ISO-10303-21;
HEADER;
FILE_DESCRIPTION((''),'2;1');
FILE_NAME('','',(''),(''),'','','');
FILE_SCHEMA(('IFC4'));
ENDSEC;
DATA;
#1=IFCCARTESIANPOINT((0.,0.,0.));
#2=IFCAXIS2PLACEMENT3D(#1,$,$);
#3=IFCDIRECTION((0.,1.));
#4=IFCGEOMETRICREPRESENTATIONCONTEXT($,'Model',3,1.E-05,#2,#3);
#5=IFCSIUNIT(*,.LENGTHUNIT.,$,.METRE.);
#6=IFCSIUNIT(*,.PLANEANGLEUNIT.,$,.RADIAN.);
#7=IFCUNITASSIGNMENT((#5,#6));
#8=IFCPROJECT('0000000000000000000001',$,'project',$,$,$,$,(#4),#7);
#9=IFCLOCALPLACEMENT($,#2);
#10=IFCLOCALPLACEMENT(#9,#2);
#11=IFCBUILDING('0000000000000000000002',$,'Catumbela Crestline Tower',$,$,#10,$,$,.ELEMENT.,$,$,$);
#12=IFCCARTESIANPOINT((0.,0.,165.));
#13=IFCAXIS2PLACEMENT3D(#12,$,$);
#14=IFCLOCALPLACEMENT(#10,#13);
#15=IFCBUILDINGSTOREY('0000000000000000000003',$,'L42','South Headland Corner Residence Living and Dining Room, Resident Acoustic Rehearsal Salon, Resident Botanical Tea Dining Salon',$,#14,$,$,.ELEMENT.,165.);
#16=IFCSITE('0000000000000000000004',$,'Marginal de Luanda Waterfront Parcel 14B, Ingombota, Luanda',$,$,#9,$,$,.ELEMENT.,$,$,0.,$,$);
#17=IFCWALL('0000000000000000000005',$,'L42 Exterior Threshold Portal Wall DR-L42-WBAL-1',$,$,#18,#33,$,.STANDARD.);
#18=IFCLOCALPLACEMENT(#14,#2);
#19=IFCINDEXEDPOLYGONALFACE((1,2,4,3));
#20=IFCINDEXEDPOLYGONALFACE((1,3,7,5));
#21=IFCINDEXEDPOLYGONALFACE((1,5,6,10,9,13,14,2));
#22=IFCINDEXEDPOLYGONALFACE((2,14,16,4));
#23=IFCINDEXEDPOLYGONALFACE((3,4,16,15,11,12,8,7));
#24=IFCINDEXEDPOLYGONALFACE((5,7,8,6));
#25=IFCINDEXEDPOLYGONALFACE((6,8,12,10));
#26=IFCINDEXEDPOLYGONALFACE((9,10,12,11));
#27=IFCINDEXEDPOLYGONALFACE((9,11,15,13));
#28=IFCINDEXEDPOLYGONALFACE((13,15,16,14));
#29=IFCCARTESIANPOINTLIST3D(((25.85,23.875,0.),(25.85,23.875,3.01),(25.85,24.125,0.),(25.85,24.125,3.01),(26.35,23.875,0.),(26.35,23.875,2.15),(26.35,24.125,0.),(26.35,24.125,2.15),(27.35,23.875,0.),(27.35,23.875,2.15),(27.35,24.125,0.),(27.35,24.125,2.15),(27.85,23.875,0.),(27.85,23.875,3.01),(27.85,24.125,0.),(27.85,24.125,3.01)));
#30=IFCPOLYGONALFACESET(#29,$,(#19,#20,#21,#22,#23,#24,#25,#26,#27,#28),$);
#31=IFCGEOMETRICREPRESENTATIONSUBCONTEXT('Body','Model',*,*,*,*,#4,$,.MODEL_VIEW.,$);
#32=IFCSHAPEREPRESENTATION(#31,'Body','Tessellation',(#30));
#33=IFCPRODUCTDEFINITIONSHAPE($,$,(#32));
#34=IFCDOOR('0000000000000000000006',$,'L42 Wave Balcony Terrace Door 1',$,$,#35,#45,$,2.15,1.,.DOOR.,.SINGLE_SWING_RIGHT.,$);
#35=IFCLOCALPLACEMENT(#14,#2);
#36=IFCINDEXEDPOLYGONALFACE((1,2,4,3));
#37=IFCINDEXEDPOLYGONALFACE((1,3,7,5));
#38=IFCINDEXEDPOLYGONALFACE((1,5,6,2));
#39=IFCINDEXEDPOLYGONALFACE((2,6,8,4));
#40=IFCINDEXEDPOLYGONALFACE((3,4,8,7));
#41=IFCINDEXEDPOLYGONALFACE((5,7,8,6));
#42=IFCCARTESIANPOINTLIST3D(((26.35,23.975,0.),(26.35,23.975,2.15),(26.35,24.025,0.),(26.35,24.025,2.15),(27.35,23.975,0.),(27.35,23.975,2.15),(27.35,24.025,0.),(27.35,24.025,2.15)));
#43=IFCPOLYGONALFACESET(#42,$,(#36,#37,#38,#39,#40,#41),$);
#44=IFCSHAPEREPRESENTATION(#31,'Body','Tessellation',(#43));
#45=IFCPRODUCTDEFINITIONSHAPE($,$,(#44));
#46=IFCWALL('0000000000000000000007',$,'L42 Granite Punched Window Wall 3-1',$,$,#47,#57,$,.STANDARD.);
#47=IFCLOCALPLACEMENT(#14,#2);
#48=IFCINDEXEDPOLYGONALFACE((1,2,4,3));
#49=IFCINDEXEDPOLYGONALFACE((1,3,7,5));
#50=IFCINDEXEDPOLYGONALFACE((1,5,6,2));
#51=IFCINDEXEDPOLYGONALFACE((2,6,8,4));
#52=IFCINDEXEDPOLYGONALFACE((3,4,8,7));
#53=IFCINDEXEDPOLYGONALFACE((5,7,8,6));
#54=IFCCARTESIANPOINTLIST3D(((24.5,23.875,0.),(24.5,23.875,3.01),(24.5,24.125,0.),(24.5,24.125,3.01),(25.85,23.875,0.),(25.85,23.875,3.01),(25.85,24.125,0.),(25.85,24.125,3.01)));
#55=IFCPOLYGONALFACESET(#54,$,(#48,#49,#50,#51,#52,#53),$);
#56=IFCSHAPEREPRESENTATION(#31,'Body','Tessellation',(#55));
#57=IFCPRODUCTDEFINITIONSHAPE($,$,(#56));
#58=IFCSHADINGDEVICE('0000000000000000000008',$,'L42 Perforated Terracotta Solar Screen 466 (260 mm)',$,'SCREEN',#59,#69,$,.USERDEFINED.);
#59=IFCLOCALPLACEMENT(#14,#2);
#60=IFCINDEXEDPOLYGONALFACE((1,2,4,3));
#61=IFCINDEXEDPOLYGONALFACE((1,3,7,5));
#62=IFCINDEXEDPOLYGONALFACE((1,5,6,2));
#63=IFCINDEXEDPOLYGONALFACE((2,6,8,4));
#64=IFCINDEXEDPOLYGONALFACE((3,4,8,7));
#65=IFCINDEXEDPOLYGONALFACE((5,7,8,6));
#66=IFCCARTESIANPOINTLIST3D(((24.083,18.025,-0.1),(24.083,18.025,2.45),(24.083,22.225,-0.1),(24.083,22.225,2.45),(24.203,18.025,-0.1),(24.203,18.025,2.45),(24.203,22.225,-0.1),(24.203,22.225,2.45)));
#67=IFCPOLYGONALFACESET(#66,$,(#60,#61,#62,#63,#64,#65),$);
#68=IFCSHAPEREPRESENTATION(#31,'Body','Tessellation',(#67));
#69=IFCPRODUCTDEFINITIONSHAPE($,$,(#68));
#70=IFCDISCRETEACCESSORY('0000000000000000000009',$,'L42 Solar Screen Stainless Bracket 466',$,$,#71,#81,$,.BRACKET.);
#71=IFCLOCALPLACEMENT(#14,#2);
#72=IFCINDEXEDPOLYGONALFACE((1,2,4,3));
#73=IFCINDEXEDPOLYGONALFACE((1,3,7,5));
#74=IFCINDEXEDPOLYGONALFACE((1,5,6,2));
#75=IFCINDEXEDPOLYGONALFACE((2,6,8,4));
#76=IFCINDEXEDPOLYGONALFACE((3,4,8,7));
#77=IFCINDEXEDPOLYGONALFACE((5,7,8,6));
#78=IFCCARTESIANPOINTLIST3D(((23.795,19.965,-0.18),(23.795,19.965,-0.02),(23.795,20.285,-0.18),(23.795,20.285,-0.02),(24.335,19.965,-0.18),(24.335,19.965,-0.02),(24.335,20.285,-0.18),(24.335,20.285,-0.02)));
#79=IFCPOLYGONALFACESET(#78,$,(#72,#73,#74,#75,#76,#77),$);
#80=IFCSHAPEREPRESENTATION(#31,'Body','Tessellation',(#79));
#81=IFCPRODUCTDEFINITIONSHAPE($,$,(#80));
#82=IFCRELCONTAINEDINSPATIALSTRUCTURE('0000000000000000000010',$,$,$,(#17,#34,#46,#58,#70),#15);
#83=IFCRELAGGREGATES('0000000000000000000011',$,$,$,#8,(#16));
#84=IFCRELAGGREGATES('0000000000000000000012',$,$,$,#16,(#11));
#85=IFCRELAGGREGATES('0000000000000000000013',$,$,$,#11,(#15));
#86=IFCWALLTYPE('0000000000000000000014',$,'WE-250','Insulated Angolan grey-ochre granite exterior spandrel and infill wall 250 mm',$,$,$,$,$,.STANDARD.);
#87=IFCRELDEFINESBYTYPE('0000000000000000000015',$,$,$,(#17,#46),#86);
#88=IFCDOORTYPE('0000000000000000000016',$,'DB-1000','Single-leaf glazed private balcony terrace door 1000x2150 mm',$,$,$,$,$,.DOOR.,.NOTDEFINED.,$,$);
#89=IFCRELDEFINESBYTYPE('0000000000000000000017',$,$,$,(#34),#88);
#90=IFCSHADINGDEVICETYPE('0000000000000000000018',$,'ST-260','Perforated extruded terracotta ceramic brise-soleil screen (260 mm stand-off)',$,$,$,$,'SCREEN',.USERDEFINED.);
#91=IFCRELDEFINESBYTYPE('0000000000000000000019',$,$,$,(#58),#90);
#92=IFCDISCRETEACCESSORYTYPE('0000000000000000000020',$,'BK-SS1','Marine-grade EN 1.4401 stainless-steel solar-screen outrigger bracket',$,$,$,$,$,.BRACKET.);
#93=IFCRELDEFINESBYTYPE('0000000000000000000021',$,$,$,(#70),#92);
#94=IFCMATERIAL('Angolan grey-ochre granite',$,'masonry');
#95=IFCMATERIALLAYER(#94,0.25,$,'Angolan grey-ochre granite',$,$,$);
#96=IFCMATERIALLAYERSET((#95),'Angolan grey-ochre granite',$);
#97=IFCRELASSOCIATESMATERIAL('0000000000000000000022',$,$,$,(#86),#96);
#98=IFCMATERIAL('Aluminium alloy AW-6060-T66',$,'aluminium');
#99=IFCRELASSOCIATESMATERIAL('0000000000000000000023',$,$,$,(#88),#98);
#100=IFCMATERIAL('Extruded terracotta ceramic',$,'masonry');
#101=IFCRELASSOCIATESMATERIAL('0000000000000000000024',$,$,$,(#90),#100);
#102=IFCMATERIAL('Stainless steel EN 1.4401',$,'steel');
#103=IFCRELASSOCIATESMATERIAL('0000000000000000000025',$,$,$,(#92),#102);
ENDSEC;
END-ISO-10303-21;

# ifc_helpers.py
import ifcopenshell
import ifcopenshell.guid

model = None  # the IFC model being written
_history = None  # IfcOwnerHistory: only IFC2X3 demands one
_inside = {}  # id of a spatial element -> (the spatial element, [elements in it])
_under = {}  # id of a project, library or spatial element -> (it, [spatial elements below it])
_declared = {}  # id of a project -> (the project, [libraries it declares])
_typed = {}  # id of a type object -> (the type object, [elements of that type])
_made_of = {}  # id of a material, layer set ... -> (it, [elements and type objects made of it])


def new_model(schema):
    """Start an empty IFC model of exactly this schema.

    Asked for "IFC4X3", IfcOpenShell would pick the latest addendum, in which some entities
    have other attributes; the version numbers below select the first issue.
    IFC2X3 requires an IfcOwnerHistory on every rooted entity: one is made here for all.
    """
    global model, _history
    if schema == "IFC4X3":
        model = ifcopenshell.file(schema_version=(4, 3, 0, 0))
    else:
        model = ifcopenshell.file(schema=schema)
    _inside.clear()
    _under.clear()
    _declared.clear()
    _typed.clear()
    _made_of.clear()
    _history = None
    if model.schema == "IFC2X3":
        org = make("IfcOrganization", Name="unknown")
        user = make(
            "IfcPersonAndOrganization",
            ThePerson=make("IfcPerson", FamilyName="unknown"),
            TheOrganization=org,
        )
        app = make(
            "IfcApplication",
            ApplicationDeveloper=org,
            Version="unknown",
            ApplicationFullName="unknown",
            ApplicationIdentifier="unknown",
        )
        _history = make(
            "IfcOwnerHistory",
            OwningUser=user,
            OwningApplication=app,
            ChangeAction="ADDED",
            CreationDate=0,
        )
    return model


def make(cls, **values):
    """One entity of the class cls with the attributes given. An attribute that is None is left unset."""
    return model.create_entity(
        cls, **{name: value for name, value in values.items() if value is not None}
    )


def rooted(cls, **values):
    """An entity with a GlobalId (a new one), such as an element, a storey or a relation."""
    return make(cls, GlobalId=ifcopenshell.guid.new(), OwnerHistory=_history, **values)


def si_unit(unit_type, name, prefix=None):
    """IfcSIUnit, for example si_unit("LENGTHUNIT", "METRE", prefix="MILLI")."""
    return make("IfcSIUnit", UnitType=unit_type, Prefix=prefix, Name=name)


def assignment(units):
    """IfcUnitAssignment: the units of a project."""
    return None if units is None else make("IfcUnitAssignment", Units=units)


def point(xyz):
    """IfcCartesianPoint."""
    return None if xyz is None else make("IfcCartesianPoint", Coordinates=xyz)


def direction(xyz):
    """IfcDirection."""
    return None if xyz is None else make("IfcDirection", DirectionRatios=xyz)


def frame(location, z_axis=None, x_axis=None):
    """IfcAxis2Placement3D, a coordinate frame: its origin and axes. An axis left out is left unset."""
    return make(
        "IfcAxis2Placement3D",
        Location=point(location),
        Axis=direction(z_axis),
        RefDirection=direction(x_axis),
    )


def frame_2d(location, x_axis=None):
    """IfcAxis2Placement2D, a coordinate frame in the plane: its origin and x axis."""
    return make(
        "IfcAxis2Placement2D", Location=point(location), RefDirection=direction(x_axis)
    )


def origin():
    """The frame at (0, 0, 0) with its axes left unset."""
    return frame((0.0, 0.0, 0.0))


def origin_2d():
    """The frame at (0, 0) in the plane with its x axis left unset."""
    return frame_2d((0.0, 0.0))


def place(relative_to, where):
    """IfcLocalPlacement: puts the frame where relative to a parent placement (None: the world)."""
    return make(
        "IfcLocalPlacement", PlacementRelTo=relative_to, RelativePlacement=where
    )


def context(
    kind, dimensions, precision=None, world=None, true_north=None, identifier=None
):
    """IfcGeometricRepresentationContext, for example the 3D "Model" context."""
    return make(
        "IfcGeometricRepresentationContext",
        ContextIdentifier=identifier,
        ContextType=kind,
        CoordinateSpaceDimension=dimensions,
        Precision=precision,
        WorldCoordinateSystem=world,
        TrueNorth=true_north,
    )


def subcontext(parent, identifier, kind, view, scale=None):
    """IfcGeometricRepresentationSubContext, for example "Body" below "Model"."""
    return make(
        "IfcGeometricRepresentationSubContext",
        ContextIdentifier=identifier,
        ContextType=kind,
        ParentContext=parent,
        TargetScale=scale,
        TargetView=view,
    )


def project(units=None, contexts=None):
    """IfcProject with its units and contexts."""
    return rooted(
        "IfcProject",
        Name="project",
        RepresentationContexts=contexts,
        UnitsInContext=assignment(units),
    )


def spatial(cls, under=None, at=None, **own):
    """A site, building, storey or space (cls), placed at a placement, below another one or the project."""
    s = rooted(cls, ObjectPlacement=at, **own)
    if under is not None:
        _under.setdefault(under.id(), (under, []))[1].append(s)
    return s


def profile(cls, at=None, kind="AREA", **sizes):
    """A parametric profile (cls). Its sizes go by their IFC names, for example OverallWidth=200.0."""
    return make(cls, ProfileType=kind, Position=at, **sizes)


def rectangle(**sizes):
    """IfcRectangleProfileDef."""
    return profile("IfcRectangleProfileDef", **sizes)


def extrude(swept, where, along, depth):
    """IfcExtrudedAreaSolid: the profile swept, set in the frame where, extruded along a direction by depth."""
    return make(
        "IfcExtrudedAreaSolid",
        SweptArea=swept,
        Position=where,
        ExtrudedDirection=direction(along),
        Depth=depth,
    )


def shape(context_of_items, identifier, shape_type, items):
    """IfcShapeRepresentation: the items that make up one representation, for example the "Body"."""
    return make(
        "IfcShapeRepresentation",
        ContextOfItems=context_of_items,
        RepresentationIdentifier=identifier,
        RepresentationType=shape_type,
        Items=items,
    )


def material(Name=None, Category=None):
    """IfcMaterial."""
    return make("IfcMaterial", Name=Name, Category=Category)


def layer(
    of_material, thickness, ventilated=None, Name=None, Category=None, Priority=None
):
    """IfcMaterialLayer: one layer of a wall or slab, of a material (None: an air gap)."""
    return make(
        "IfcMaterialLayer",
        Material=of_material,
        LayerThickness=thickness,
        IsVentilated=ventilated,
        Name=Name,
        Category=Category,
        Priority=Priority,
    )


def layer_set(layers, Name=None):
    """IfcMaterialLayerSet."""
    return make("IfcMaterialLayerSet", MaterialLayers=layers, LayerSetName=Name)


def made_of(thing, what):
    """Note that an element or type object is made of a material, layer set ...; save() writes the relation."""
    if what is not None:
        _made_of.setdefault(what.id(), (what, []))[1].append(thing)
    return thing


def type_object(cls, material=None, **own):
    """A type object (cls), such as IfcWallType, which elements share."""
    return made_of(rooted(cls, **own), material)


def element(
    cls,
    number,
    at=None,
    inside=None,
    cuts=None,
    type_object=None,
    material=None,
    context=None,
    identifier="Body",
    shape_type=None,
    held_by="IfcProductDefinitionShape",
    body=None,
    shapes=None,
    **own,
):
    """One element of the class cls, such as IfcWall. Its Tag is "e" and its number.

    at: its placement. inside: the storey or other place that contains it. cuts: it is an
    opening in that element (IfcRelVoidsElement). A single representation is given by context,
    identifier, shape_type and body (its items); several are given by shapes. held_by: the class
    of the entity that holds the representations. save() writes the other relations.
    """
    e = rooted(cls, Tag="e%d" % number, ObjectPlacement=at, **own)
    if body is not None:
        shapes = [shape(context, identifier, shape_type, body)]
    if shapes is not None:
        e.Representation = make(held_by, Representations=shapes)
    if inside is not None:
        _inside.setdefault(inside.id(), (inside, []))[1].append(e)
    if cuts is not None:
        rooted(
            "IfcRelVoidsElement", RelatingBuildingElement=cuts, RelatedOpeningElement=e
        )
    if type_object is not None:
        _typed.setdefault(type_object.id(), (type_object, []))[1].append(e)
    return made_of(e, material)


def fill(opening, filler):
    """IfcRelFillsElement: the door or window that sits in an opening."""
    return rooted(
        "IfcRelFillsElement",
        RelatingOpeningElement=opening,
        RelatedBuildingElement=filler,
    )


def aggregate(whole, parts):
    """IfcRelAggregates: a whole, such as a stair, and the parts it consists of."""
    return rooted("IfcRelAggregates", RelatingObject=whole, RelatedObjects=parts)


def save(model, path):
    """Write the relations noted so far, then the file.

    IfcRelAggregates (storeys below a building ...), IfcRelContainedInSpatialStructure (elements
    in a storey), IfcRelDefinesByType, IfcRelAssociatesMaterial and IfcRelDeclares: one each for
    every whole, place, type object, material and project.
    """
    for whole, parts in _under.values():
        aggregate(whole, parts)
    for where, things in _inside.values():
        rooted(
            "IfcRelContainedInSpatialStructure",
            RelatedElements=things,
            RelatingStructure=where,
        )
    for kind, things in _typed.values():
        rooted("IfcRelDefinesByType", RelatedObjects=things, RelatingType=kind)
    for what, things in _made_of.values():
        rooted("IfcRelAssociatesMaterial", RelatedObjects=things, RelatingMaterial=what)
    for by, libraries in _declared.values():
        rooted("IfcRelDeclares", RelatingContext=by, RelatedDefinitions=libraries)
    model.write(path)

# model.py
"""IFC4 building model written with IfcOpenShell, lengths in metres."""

from ifc_helpers import new_model, si_unit, direction, frame, frame_2d, origin, origin_2d, place, context, subcontext, project, spatial, rectangle, extrude, material, layer, layer_set, type_object, element, fill, save


model = new_model("IFC4")

# Units and contexts
model_context = context("Model", 3, precision=1e-05, world=origin(), true_north=direction((0.0, 1.0)))
body_context = subcontext(model_context, "Body", "Model", "MODEL_VIEW")
ifc_project = project(units=[si_unit("LENGTHUNIT", "METRE"), si_unit("PLANEANGLEUNIT", "RADIAN")], contexts=[model_context])

# Site, building, storey
site_placement = place(None, origin())
site = spatial("IfcSite", under=ifc_project, at=site_placement, Name="Marginal de Luanda Waterfront Parcel 14B, Ingombota, Luanda", CompositionType="ELEMENT", RefElevation=0.0)
building_placement = place(site_placement, origin())
building = spatial("IfcBuilding", under=site, at=building_placement, Name="Catumbela Crestline Tower", CompositionType="ELEMENT")
storey_placement = place(building_placement, frame((0.0, 0.0, 165.0)))
storey = spatial("IfcBuildingStorey", under=building, at=storey_placement, Name="L42", Description="South Headland Corner Residence Living and Dining Room, Resident Acoustic Rehearsal Salon, Resident Botanical Tea Dining Salon", CompositionType="ELEMENT", Elevation=165.0)

# Shared definitions
ifc_material_1 = material(Name="Aluminium alloy AW-6060-T66", Category="aluminium")

# Wall, opening, door
ifc_material_2 = material(Name="Angolan grey-ochre granite", Category="masonry")
ifc_layer_1 = layer(ifc_material_2, 0.25, Name="Angolan grey-ochre granite")
ifc_layer_set_1 = layer_set([ifc_layer_1], Name="Angolan grey-ochre granite")
wall_type = type_object("IfcWallType", Name="WE-250", Description="Insulated Angolan grey-ochre granite exterior spandrel and infill wall 250 mm", PredefinedType="STANDARD", material=ifc_layer_set_1)
wall_1_placement = place(storey_placement, frame((25.85, 24.0, 0.0), z_axis=(0.0, 0.0, 1.0), x_axis=(1.0, 0.0, 0.0)))
wall_1 = element("IfcWall", 1, at=wall_1_placement, inside=storey, type_object=wall_type, Name="L42 Exterior Threshold Portal Wall DR-L42-WBAL-1", PredefinedType="STANDARD", context=body_context, shape_type="SweptSolid", body=[
    extrude(rectangle(XDim=2.0, YDim=0.25, at=frame_2d((1.0, 0.0))), origin(), (0.0, 0.0, 1.0), 3.01),
])
opening_placement = place(wall_1_placement, frame((0.5, 0.0, 0.0)))
opening = element("IfcOpeningElement", 2, at=opening_placement, cuts=wall_1, PredefinedType="OPENING", context=body_context, shape_type="SweptSolid", body=[
    extrude(rectangle(XDim=1.0, YDim=2.15, at=frame_2d((0.5, 1.075))), frame((0.0, 0.135, 0.0), z_axis=(0.0, -1.0, 0.0), x_axis=(1.0, 0.0, 0.0)), (0.0, 0.0, 1.0), 0.27),
])
door_type = type_object("IfcDoorType", Name="DB-1000", Description="Single-leaf glazed private balcony terrace door 1000x2150 mm", OperationType="NOTDEFINED", PredefinedType="DOOR", material=ifc_material_1)
door_placement = place(opening_placement, origin())
door = element("IfcDoor", 3, at=door_placement, inside=storey, type_object=door_type, Name="L42 Wave Balcony Terrace Door 1", OperationType="SINGLE_SWING_RIGHT", OverallHeight=2.15, OverallWidth=1.0, PredefinedType="DOOR", context=body_context, shape_type="SweptSolid", body=[
    extrude(rectangle(XDim=1.0, YDim=2.15, at=frame_2d((0.5, 1.075))), frame((0.0, 0.025, 0.0), z_axis=(0.0, -1.0, 0.0), x_axis=(1.0, 0.0, 0.0)), (0.0, 0.0, 1.0), 0.05),
])
fill(opening, door)

# Wall
wall_2_placement = place(storey_placement, frame((24.5, 24.0, 0.0), z_axis=(0.0, 0.0, 1.0), x_axis=(1.0, 0.0, 0.0)))
element("IfcWall", 4, at=wall_2_placement, inside=storey, type_object=wall_type, Name="L42 Granite Punched Window Wall 3-1", PredefinedType="STANDARD", context=body_context, shape_type="SweptSolid", body=[
    extrude(rectangle(XDim=1.35, YDim=0.25, at=frame_2d((0.675, 0.0))), origin(), (0.0, 0.0, 1.0), 3.01),
])

# Shared definitions
ifc_material_3 = material(Name="Stainless steel EN 1.4401", Category="steel")

# Shading device
ifc_material_4 = material(Name="Extruded terracotta ceramic", Category="masonry")
shading_device_type = type_object("IfcShadingDeviceType", Name="ST-260", Description="Perforated extruded terracotta ceramic brise-soleil screen (260 mm stand-off)", ElementType="SCREEN", PredefinedType="USERDEFINED", material=ifc_material_4)
shading_device_placement = place(storey_placement, frame((24.143, 20.125, -0.1), z_axis=(0.0, 0.0, 1.0), x_axis=(0.0, 1.0, 0.0)))
element("IfcShadingDevice", 5, at=shading_device_placement, inside=storey, type_object=shading_device_type, Name="L42 Perforated Terracotta Solar Screen 466 (260 mm)", ObjectType="SCREEN", PredefinedType="USERDEFINED", context=body_context, shape_type="SweptSolid", body=[
    extrude(rectangle(XDim=4.2, YDim=0.12, at=origin_2d()), origin(), (0.0, 0.0, 1.0), 2.55),
])

# Discrete accessory
discrete_accessory_type = type_object("IfcDiscreteAccessoryType", Name="BK-SS1", Description="Marine-grade EN 1.4401 stainless-steel solar-screen outrigger bracket", PredefinedType="BRACKET", material=ifc_material_3)
discrete_accessory_placement = place(storey_placement, frame((24.065, 20.125, -0.18), z_axis=(0.0, 0.0, 1.0), x_axis=(0.0, 1.0, 0.0)))
element("IfcDiscreteAccessory", 6, at=discrete_accessory_placement, inside=storey, type_object=discrete_accessory_type, Name="L42 Solar Screen Stainless Bracket 466", PredefinedType="BRACKET", context=body_context, shape_type="SweptSolid", body=[
    extrude(rectangle(XDim=0.32, YDim=0.54, at=origin_2d()), origin(), (0.0, 0.0, 1.0), 0.16),
])

save(model, "model.ifc")
